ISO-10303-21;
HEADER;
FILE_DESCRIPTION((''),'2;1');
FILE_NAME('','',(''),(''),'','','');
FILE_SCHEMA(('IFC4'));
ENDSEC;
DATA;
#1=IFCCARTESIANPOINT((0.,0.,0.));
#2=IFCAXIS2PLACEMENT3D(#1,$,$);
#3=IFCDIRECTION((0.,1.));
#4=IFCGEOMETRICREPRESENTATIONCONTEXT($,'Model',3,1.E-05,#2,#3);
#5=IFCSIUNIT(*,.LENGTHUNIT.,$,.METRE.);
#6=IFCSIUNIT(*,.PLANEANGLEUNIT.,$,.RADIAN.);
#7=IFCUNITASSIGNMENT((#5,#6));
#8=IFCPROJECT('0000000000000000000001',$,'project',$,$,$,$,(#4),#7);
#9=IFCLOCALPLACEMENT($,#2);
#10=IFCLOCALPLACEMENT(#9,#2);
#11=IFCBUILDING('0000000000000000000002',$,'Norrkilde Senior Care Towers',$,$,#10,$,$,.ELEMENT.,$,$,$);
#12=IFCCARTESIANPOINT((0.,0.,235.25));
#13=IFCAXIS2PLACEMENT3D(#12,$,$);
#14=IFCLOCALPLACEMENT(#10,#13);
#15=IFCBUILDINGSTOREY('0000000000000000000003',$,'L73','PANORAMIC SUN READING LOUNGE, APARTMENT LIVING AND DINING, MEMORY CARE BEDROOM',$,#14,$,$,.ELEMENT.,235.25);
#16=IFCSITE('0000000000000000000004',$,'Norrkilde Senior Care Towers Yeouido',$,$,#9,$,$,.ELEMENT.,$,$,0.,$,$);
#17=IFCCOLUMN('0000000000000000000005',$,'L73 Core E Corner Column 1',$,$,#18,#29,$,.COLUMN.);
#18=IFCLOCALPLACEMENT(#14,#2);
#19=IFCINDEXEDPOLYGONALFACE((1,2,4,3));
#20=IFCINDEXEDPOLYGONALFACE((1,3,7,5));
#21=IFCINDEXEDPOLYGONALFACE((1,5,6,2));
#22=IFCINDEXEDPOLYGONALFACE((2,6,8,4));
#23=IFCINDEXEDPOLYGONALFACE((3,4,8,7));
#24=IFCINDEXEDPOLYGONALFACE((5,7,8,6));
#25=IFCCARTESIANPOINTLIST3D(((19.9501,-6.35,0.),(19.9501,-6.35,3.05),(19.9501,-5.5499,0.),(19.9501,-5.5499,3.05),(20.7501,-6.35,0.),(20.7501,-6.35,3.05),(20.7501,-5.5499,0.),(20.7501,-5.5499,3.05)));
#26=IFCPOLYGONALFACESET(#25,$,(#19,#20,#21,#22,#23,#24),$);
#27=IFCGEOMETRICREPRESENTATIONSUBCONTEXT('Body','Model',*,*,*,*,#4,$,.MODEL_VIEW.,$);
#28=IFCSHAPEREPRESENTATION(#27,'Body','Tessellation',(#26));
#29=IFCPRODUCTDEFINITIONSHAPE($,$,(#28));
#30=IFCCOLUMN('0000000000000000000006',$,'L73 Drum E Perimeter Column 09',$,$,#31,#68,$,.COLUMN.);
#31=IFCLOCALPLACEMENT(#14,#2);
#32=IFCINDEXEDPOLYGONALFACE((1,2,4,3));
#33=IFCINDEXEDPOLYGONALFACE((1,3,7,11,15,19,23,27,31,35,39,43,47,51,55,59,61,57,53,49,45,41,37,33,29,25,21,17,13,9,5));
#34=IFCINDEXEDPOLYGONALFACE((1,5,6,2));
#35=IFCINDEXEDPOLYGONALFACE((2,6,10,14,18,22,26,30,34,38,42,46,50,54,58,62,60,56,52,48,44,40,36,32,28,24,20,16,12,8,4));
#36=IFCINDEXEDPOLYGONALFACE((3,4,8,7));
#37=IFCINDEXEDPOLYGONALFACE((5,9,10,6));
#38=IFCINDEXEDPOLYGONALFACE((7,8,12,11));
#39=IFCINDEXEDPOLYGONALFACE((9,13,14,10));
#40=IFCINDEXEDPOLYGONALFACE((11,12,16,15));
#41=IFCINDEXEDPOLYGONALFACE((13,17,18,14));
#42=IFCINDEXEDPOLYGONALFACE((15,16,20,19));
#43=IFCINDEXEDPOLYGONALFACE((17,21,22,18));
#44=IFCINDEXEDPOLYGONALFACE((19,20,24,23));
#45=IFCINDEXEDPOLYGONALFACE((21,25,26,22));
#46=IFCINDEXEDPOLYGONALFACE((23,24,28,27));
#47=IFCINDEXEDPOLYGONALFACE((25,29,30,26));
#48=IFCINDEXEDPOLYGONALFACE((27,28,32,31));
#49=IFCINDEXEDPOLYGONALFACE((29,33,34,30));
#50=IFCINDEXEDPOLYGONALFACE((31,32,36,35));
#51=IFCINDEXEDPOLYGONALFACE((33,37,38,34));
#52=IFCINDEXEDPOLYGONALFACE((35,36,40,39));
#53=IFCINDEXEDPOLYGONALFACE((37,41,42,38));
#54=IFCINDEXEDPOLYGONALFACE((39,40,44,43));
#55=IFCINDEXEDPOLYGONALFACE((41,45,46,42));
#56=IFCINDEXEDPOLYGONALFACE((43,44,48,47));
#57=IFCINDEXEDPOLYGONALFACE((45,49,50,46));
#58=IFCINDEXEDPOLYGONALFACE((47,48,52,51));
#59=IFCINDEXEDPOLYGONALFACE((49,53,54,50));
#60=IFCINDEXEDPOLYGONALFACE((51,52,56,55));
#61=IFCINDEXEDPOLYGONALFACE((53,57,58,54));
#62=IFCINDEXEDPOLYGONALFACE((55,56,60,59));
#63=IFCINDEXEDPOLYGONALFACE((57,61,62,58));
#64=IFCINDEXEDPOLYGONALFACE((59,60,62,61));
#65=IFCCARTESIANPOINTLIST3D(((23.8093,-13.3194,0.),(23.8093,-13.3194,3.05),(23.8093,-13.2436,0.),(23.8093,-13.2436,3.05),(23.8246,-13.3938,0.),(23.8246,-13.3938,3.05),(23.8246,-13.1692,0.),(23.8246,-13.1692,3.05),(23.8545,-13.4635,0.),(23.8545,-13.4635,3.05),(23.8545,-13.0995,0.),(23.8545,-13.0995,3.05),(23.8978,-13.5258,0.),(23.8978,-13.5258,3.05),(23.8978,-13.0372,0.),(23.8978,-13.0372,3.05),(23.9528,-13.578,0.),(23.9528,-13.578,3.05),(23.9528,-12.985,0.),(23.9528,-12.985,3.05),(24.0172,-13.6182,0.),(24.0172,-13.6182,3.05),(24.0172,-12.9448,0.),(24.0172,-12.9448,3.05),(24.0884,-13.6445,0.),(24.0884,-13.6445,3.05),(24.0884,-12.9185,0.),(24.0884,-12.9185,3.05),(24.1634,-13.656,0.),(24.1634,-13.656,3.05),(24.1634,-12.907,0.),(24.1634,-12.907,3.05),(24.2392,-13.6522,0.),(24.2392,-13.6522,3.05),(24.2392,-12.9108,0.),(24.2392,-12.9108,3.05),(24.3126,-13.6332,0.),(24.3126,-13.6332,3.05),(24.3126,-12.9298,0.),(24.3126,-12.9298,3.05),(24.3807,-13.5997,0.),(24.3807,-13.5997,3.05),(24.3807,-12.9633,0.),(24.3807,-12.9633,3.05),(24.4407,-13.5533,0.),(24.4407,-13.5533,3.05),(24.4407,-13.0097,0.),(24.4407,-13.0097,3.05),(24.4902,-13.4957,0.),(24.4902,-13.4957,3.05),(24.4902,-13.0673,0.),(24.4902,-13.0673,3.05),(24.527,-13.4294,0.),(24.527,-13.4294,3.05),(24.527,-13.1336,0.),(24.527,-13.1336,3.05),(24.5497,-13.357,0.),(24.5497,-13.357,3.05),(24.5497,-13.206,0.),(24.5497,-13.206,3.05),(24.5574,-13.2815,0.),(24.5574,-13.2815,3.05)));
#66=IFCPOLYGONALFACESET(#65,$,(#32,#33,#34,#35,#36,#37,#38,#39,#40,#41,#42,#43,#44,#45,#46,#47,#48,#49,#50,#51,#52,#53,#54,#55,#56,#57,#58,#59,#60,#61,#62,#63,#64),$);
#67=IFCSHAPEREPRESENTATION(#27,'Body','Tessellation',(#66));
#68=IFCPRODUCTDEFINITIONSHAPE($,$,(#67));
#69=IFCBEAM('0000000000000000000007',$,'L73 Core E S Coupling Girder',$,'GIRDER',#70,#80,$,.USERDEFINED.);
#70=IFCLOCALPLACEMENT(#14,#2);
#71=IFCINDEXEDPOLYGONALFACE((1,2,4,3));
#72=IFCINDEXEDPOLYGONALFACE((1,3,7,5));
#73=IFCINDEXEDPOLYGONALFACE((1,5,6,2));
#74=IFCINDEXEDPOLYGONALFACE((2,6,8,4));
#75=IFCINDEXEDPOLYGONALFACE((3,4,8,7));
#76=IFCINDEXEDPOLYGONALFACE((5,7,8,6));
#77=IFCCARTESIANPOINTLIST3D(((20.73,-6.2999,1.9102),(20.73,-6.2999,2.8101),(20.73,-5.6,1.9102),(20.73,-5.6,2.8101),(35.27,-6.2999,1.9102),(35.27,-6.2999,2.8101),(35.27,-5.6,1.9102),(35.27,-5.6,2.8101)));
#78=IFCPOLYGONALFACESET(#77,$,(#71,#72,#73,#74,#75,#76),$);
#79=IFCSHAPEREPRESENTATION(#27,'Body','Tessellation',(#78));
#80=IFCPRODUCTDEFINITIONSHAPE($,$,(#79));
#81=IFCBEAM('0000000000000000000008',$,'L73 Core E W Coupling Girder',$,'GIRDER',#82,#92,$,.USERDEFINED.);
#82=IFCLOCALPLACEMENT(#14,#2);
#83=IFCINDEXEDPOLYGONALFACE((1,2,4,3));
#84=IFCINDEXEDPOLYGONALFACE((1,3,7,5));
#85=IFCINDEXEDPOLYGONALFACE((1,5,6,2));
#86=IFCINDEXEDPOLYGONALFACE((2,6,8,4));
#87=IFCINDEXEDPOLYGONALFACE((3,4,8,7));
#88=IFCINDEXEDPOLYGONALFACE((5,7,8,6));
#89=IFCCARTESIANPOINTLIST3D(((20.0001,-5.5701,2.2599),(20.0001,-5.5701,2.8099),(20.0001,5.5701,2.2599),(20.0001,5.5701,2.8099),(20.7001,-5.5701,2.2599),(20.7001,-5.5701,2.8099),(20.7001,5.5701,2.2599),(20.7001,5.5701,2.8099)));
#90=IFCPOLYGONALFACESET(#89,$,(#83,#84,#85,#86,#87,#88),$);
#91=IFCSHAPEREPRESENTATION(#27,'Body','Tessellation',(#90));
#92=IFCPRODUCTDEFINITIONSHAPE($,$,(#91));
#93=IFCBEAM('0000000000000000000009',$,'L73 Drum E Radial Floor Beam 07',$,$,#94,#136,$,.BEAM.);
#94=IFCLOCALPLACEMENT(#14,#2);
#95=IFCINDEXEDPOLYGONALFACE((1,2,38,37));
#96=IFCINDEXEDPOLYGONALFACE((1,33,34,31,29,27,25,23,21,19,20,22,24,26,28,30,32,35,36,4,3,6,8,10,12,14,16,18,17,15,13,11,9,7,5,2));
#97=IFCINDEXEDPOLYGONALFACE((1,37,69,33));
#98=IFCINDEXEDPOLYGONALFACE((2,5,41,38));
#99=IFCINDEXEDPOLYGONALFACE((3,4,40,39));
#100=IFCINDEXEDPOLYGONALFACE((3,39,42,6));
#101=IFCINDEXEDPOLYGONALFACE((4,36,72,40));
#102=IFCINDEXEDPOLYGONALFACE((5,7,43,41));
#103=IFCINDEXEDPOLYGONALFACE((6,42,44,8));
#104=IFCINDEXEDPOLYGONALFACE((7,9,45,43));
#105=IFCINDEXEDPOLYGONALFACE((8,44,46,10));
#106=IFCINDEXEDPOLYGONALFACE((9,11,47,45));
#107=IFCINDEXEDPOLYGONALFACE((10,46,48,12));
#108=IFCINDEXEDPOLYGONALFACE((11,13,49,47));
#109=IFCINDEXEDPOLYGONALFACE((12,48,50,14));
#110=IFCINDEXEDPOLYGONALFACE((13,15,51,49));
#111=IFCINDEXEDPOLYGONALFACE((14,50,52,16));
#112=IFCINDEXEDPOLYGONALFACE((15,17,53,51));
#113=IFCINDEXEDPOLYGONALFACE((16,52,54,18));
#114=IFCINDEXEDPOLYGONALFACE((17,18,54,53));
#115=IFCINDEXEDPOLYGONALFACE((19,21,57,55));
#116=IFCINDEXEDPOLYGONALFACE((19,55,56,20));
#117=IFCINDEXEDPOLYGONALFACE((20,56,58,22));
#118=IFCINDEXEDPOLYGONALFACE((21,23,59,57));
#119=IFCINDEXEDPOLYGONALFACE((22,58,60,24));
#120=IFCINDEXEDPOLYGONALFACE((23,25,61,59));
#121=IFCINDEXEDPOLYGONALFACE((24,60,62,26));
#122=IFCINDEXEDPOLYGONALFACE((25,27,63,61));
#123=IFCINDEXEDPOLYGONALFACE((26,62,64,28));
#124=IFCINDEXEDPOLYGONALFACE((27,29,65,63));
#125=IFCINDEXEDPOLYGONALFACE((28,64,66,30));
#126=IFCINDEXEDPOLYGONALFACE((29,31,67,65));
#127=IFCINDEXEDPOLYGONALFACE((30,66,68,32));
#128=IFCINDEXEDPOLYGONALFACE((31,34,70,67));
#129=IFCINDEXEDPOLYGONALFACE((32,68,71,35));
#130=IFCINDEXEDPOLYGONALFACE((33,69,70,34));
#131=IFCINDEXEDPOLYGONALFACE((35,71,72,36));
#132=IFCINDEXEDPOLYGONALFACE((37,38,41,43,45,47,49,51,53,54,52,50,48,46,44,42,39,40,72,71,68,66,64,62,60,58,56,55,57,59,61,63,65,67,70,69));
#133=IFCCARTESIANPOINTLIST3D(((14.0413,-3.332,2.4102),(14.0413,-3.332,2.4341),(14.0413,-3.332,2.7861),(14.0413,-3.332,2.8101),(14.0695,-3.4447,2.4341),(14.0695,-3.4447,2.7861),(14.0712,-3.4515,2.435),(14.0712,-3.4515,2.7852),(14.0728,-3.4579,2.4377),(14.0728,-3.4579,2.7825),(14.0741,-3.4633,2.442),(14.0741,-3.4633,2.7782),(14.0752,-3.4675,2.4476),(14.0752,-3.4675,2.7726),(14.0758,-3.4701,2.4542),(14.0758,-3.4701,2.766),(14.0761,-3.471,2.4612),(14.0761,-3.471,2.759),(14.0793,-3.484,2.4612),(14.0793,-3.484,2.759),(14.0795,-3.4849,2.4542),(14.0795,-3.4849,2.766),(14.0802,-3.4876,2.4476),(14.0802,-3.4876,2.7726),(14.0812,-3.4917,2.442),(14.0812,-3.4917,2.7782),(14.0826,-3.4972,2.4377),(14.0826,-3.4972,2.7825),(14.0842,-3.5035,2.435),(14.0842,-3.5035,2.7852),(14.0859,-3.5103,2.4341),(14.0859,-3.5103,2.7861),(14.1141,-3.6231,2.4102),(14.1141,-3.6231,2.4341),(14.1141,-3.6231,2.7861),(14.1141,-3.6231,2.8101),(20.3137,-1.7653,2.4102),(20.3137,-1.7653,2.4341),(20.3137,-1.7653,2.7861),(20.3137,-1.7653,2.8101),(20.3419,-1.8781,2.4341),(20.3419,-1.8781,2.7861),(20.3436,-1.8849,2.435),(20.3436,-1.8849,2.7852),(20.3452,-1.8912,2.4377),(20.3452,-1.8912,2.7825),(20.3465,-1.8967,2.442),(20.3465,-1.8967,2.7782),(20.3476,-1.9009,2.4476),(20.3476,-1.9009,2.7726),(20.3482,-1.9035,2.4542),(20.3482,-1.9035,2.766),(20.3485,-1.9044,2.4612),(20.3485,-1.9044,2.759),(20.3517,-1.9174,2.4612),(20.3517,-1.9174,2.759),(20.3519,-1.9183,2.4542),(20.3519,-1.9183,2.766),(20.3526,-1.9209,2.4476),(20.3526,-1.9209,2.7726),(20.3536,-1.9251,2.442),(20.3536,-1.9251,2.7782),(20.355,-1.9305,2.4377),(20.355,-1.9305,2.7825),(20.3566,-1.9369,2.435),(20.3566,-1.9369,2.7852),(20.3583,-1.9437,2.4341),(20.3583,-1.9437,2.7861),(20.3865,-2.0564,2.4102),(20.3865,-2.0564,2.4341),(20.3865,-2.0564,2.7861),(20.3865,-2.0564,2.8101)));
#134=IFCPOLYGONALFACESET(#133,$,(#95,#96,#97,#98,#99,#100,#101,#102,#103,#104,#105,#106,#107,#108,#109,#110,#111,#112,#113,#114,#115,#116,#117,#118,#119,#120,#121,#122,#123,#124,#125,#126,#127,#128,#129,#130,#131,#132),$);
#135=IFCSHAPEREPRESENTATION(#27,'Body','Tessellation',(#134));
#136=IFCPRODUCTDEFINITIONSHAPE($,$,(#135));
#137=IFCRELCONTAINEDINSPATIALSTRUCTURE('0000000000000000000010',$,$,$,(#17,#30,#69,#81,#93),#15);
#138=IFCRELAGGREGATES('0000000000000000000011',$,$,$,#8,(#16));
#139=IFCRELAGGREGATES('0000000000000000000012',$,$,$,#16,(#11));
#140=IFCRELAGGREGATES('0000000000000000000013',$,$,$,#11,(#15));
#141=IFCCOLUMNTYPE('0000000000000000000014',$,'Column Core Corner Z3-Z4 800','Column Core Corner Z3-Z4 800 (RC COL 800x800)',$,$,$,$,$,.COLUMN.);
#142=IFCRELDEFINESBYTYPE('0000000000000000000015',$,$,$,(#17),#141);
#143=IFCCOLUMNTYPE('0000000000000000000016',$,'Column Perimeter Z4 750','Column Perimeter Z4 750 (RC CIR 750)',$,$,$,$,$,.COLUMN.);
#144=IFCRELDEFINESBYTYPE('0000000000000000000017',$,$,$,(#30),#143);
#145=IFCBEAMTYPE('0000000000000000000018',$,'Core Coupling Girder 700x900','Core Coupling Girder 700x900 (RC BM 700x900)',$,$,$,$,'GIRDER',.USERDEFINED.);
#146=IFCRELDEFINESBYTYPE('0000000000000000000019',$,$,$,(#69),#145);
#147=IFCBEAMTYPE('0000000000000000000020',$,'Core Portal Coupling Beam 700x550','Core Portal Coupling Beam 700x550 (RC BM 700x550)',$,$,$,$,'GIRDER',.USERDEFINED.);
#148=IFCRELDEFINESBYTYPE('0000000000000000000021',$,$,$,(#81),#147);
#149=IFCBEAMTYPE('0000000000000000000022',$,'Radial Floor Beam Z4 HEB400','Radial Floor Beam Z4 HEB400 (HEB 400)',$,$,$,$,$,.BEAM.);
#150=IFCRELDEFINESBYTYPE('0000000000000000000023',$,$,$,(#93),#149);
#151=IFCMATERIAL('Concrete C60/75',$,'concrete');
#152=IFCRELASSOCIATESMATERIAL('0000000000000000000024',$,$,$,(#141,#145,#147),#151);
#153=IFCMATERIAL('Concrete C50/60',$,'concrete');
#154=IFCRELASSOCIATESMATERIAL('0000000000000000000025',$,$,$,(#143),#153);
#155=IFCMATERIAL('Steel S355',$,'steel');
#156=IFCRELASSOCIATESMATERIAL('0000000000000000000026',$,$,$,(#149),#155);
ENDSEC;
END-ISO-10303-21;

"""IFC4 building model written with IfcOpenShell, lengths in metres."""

from ifc_helpers import new_model, si_unit, direction, frame, origin, origin_2d, place, context, subcontext, project, spatial, rectangle, circle, i_section, extrude, source, transform, mapped, material, material_profile, profile_set, type_object, type_shapes, element, save


model = new_model("IFC4")

# Units and contexts
model_context = context("Model", 3, precision=1e-05, world=origin(), true_north=direction((0.0, 1.0)))
body_context = subcontext(model_context, "Body", "Model", "MODEL_VIEW")
ifc_project = project(units=[si_unit("LENGTHUNIT", "METRE"), si_unit("PLANEANGLEUNIT", "RADIAN")], contexts=[model_context])

# Site, building, storey
site_placement = place(None, origin())
site = spatial("IfcSite", under=ifc_project, at=site_placement, Name="Norrkilde Senior Care Towers Yeouido", CompositionType="ELEMENT", RefElevation=0.0)
building_placement = place(site_placement, origin())
building = spatial("IfcBuilding", under=site, at=building_placement, Name="Norrkilde Senior Care Towers", CompositionType="ELEMENT")
storey_placement = place(building_placement, frame((0.0, 0.0, 235.25)))
storey = spatial("IfcBuildingStorey", under=building, at=storey_placement, Name="L73", Description="PANORAMIC SUN READING LOUNGE, APARTMENT LIVING AND DINING, MEMORY CARE BEDROOM", CompositionType="ELEMENT", Elevation=235.25)

# Columns
ifc_material_1 = material(Name="Concrete C60/75", Category="concrete")
ifc_material_profile_1 = material_profile(ifc_material_1, rectangle(XDim=0.8, YDim=0.8, at=origin_2d()), Name="RC COL 800x800")
ifc_profile_set_1 = profile_set([ifc_material_profile_1], Name="Concrete C60/75")
column_type_1 = type_object("IfcColumnType", Name="Column Core Corner Z3-Z4 800", Description="Column Core Corner Z3-Z4 800 (RC COL 800x800)", PredefinedType="COLUMN", material=ifc_profile_set_1)
shared_shape_1 = source(origin(), body_context, "Body", "SweptSolid", [
    extrude(rectangle(XDim=0.8, YDim=0.8, at=origin_2d()), origin(), (0.0, 0.0, 1.0), 3.05),
])
type_shapes(column_type_1, [shared_shape_1])
column_1_placement = place(storey_placement, frame((20.3501, -5.95, 0.0), z_axis=(0.0, 0.0, 1.0), x_axis=(1.0, 0.0, 0.0)))
element("IfcColumn", 1, at=column_1_placement, inside=storey, type_object=column_type_1, Name="L73 Core E Corner Column 1", PredefinedType="COLUMN", context=body_context, shape_type="MappedRepresentation", body=[
    mapped(shared_shape_1, transform((0.0, 0.0, 0.0), x_axis=(1.0, 0.0, 0.0), y_axis=(0.0, 1.0, 0.0), z_axis=(0.0, 0.0, 1.0), scale=1.0)),
])
ifc_material_2 = material(Name="Concrete C50/60", Category="concrete")
ifc_material_profile_2 = material_profile(ifc_material_2, circle(Radius=0.375, at=origin_2d()), Name="RC CIR 750")
ifc_profile_set_2 = profile_set([ifc_material_profile_2], Name="Concrete C50/60")
column_type_2 = type_object("IfcColumnType", Name="Column Perimeter Z4 750", Description="Column Perimeter Z4 750 (RC CIR 750)", PredefinedType="COLUMN", material=ifc_profile_set_2)
shared_shape_2 = source(origin(), body_context, "Body", "SweptSolid", [
    extrude(circle(Radius=0.375, at=origin_2d()), origin(), (0.0, 0.0, 1.0), 3.05),
])
type_shapes(column_type_2, [shared_shape_2])
column_2_placement = place(storey_placement, frame((24.1824, -13.2815, 0.0), z_axis=(0.0, 0.0, 1.0), x_axis=(1.0, 0.0, 0.0)))
element("IfcColumn", 2, at=column_2_placement, inside=storey, type_object=column_type_2, Name="L73 Drum E Perimeter Column 09", PredefinedType="COLUMN", context=body_context, shape_type="MappedRepresentation", body=[
    mapped(shared_shape_2, transform((0.0, 0.0, 0.0), x_axis=(1.0, 0.0, 0.0), y_axis=(0.0, 1.0, 0.0), z_axis=(0.0, 0.0, 1.0), scale=1.0)),
])

# Beams
ifc_material_profile_3 = material_profile(ifc_material_1, rectangle(XDim=0.7, YDim=0.8999, at=origin_2d()), Name="RC BM 700x900")
ifc_profile_set_3 = profile_set([ifc_material_profile_3], Name="Concrete C60/75")
beam_type_1 = type_object("IfcBeamType", Name="Core Coupling Girder 700x900", Description="Core Coupling Girder 700x900 (RC BM 700x900)", ElementType="GIRDER", PredefinedType="USERDEFINED", material=ifc_profile_set_3)
shared_shape_3 = source(origin(), body_context, "Body", "SweptSolid", [
    extrude(rectangle(XDim=0.7, YDim=0.8999, at=origin_2d()), origin(), (0.0, 0.0, 1.0), 14.54),
])
type_shapes(beam_type_1, [shared_shape_3])
beam_1_placement = place(storey_placement, frame((20.73, -5.95, 2.3601), z_axis=(1.0, 0.0, 0.0), x_axis=(0.0, 1.0, 0.0)))
element("IfcBeam", 3, at=beam_1_placement, inside=storey, type_object=beam_type_1, Name="L73 Core E S Coupling Girder", ObjectType="GIRDER", PredefinedType="USERDEFINED", context=body_context, shape_type="MappedRepresentation", body=[
    mapped(shared_shape_3, transform((0.0, 0.0, 0.0), x_axis=(1.0, 0.0, 0.0), y_axis=(0.0, 1.0, 0.0), z_axis=(0.0, 0.0, 1.0), scale=1.0)),
])
ifc_material_profile_4 = material_profile(ifc_material_1, rectangle(XDim=0.7, YDim=0.55, at=origin_2d()), Name="RC BM 700x550")
ifc_profile_set_4 = profile_set([ifc_material_profile_4], Name="Concrete C60/75")
beam_type_2 = type_object("IfcBeamType", Name="Core Portal Coupling Beam 700x550", Description="Core Portal Coupling Beam 700x550 (RC BM 700x550)", ElementType="GIRDER", PredefinedType="USERDEFINED", material=ifc_profile_set_4)
shared_shape_4 = source(origin(), body_context, "Body", "SweptSolid", [
    extrude(rectangle(XDim=0.7, YDim=0.55, at=origin_2d()), origin(), (0.0, 0.0, 1.0), 11.1401),
])
type_shapes(beam_type_2, [shared_shape_4])
beam_2_placement = place(storey_placement, frame((20.3501, -5.5701, 2.5349), z_axis=(0.0, 1.0, 0.0), x_axis=(-1.0, 0.0, 0.0)))
element("IfcBeam", 4, at=beam_2_placement, inside=storey, type_object=beam_type_2, Name="L73 Core E W Coupling Girder", ObjectType="GIRDER", PredefinedType="USERDEFINED", context=body_context, shape_type="MappedRepresentation", body=[
    mapped(shared_shape_4, transform((0.0, 0.0, 0.0), x_axis=(1.0, 0.0, 0.0), y_axis=(0.0, 1.0, 0.0), z_axis=(0.0, 0.0, 1.0), scale=1.0)),
])
ifc_material_3 = material(Name="Steel S355", Category="steel")
ifc_material_profile_5 = material_profile(ifc_material_3, i_section(OverallWidth=0.3, OverallDepth=0.3999, WebThickness=0.0134, FlangeThickness=0.0239, FilletRadius=0.0271, at=origin_2d()), Name="HEB 400")
ifc_profile_set_5 = profile_set([ifc_material_profile_5], Name="Steel S355")
beam_type_3 = type_object("IfcBeamType", Name="Radial Floor Beam Z4 HEB400", Description="Radial Floor Beam Z4 HEB400 (HEB 400)", PredefinedType="BEAM", material=ifc_profile_set_5)
shared_shape_5 = source(origin(), body_context, "Body", "SweptSolid", [
    extrude(i_section(OverallWidth=0.3, OverallDepth=0.3999, WebThickness=0.0134, FlangeThickness=0.0239, FilletRadius=0.0271, at=origin_2d()), origin(), (0.0, 0.0, 1.0), 6.4651),
])
beam_3_placement = place(storey_placement, frame((20.3501, -1.9109, 2.6101), z_axis=(-0.970196, -0.242322, 0.0), x_axis=(0.242322, -0.970196, 0.0)))
element("IfcBeam", 5, at=beam_3_placement, inside=storey, type_object=beam_type_3, Name="L73 Drum E Radial Floor Beam 07", PredefinedType="BEAM", context=body_context, shape_type="MappedRepresentation", body=[
    mapped(shared_shape_5, transform((0.0, 0.0, 0.0), x_axis=(1.0, 0.0, 0.0), y_axis=(0.0, 1.0, 0.0), z_axis=(0.0, 0.0, 1.0), scale=1.0)),
])

save(model, "model.ifc")
